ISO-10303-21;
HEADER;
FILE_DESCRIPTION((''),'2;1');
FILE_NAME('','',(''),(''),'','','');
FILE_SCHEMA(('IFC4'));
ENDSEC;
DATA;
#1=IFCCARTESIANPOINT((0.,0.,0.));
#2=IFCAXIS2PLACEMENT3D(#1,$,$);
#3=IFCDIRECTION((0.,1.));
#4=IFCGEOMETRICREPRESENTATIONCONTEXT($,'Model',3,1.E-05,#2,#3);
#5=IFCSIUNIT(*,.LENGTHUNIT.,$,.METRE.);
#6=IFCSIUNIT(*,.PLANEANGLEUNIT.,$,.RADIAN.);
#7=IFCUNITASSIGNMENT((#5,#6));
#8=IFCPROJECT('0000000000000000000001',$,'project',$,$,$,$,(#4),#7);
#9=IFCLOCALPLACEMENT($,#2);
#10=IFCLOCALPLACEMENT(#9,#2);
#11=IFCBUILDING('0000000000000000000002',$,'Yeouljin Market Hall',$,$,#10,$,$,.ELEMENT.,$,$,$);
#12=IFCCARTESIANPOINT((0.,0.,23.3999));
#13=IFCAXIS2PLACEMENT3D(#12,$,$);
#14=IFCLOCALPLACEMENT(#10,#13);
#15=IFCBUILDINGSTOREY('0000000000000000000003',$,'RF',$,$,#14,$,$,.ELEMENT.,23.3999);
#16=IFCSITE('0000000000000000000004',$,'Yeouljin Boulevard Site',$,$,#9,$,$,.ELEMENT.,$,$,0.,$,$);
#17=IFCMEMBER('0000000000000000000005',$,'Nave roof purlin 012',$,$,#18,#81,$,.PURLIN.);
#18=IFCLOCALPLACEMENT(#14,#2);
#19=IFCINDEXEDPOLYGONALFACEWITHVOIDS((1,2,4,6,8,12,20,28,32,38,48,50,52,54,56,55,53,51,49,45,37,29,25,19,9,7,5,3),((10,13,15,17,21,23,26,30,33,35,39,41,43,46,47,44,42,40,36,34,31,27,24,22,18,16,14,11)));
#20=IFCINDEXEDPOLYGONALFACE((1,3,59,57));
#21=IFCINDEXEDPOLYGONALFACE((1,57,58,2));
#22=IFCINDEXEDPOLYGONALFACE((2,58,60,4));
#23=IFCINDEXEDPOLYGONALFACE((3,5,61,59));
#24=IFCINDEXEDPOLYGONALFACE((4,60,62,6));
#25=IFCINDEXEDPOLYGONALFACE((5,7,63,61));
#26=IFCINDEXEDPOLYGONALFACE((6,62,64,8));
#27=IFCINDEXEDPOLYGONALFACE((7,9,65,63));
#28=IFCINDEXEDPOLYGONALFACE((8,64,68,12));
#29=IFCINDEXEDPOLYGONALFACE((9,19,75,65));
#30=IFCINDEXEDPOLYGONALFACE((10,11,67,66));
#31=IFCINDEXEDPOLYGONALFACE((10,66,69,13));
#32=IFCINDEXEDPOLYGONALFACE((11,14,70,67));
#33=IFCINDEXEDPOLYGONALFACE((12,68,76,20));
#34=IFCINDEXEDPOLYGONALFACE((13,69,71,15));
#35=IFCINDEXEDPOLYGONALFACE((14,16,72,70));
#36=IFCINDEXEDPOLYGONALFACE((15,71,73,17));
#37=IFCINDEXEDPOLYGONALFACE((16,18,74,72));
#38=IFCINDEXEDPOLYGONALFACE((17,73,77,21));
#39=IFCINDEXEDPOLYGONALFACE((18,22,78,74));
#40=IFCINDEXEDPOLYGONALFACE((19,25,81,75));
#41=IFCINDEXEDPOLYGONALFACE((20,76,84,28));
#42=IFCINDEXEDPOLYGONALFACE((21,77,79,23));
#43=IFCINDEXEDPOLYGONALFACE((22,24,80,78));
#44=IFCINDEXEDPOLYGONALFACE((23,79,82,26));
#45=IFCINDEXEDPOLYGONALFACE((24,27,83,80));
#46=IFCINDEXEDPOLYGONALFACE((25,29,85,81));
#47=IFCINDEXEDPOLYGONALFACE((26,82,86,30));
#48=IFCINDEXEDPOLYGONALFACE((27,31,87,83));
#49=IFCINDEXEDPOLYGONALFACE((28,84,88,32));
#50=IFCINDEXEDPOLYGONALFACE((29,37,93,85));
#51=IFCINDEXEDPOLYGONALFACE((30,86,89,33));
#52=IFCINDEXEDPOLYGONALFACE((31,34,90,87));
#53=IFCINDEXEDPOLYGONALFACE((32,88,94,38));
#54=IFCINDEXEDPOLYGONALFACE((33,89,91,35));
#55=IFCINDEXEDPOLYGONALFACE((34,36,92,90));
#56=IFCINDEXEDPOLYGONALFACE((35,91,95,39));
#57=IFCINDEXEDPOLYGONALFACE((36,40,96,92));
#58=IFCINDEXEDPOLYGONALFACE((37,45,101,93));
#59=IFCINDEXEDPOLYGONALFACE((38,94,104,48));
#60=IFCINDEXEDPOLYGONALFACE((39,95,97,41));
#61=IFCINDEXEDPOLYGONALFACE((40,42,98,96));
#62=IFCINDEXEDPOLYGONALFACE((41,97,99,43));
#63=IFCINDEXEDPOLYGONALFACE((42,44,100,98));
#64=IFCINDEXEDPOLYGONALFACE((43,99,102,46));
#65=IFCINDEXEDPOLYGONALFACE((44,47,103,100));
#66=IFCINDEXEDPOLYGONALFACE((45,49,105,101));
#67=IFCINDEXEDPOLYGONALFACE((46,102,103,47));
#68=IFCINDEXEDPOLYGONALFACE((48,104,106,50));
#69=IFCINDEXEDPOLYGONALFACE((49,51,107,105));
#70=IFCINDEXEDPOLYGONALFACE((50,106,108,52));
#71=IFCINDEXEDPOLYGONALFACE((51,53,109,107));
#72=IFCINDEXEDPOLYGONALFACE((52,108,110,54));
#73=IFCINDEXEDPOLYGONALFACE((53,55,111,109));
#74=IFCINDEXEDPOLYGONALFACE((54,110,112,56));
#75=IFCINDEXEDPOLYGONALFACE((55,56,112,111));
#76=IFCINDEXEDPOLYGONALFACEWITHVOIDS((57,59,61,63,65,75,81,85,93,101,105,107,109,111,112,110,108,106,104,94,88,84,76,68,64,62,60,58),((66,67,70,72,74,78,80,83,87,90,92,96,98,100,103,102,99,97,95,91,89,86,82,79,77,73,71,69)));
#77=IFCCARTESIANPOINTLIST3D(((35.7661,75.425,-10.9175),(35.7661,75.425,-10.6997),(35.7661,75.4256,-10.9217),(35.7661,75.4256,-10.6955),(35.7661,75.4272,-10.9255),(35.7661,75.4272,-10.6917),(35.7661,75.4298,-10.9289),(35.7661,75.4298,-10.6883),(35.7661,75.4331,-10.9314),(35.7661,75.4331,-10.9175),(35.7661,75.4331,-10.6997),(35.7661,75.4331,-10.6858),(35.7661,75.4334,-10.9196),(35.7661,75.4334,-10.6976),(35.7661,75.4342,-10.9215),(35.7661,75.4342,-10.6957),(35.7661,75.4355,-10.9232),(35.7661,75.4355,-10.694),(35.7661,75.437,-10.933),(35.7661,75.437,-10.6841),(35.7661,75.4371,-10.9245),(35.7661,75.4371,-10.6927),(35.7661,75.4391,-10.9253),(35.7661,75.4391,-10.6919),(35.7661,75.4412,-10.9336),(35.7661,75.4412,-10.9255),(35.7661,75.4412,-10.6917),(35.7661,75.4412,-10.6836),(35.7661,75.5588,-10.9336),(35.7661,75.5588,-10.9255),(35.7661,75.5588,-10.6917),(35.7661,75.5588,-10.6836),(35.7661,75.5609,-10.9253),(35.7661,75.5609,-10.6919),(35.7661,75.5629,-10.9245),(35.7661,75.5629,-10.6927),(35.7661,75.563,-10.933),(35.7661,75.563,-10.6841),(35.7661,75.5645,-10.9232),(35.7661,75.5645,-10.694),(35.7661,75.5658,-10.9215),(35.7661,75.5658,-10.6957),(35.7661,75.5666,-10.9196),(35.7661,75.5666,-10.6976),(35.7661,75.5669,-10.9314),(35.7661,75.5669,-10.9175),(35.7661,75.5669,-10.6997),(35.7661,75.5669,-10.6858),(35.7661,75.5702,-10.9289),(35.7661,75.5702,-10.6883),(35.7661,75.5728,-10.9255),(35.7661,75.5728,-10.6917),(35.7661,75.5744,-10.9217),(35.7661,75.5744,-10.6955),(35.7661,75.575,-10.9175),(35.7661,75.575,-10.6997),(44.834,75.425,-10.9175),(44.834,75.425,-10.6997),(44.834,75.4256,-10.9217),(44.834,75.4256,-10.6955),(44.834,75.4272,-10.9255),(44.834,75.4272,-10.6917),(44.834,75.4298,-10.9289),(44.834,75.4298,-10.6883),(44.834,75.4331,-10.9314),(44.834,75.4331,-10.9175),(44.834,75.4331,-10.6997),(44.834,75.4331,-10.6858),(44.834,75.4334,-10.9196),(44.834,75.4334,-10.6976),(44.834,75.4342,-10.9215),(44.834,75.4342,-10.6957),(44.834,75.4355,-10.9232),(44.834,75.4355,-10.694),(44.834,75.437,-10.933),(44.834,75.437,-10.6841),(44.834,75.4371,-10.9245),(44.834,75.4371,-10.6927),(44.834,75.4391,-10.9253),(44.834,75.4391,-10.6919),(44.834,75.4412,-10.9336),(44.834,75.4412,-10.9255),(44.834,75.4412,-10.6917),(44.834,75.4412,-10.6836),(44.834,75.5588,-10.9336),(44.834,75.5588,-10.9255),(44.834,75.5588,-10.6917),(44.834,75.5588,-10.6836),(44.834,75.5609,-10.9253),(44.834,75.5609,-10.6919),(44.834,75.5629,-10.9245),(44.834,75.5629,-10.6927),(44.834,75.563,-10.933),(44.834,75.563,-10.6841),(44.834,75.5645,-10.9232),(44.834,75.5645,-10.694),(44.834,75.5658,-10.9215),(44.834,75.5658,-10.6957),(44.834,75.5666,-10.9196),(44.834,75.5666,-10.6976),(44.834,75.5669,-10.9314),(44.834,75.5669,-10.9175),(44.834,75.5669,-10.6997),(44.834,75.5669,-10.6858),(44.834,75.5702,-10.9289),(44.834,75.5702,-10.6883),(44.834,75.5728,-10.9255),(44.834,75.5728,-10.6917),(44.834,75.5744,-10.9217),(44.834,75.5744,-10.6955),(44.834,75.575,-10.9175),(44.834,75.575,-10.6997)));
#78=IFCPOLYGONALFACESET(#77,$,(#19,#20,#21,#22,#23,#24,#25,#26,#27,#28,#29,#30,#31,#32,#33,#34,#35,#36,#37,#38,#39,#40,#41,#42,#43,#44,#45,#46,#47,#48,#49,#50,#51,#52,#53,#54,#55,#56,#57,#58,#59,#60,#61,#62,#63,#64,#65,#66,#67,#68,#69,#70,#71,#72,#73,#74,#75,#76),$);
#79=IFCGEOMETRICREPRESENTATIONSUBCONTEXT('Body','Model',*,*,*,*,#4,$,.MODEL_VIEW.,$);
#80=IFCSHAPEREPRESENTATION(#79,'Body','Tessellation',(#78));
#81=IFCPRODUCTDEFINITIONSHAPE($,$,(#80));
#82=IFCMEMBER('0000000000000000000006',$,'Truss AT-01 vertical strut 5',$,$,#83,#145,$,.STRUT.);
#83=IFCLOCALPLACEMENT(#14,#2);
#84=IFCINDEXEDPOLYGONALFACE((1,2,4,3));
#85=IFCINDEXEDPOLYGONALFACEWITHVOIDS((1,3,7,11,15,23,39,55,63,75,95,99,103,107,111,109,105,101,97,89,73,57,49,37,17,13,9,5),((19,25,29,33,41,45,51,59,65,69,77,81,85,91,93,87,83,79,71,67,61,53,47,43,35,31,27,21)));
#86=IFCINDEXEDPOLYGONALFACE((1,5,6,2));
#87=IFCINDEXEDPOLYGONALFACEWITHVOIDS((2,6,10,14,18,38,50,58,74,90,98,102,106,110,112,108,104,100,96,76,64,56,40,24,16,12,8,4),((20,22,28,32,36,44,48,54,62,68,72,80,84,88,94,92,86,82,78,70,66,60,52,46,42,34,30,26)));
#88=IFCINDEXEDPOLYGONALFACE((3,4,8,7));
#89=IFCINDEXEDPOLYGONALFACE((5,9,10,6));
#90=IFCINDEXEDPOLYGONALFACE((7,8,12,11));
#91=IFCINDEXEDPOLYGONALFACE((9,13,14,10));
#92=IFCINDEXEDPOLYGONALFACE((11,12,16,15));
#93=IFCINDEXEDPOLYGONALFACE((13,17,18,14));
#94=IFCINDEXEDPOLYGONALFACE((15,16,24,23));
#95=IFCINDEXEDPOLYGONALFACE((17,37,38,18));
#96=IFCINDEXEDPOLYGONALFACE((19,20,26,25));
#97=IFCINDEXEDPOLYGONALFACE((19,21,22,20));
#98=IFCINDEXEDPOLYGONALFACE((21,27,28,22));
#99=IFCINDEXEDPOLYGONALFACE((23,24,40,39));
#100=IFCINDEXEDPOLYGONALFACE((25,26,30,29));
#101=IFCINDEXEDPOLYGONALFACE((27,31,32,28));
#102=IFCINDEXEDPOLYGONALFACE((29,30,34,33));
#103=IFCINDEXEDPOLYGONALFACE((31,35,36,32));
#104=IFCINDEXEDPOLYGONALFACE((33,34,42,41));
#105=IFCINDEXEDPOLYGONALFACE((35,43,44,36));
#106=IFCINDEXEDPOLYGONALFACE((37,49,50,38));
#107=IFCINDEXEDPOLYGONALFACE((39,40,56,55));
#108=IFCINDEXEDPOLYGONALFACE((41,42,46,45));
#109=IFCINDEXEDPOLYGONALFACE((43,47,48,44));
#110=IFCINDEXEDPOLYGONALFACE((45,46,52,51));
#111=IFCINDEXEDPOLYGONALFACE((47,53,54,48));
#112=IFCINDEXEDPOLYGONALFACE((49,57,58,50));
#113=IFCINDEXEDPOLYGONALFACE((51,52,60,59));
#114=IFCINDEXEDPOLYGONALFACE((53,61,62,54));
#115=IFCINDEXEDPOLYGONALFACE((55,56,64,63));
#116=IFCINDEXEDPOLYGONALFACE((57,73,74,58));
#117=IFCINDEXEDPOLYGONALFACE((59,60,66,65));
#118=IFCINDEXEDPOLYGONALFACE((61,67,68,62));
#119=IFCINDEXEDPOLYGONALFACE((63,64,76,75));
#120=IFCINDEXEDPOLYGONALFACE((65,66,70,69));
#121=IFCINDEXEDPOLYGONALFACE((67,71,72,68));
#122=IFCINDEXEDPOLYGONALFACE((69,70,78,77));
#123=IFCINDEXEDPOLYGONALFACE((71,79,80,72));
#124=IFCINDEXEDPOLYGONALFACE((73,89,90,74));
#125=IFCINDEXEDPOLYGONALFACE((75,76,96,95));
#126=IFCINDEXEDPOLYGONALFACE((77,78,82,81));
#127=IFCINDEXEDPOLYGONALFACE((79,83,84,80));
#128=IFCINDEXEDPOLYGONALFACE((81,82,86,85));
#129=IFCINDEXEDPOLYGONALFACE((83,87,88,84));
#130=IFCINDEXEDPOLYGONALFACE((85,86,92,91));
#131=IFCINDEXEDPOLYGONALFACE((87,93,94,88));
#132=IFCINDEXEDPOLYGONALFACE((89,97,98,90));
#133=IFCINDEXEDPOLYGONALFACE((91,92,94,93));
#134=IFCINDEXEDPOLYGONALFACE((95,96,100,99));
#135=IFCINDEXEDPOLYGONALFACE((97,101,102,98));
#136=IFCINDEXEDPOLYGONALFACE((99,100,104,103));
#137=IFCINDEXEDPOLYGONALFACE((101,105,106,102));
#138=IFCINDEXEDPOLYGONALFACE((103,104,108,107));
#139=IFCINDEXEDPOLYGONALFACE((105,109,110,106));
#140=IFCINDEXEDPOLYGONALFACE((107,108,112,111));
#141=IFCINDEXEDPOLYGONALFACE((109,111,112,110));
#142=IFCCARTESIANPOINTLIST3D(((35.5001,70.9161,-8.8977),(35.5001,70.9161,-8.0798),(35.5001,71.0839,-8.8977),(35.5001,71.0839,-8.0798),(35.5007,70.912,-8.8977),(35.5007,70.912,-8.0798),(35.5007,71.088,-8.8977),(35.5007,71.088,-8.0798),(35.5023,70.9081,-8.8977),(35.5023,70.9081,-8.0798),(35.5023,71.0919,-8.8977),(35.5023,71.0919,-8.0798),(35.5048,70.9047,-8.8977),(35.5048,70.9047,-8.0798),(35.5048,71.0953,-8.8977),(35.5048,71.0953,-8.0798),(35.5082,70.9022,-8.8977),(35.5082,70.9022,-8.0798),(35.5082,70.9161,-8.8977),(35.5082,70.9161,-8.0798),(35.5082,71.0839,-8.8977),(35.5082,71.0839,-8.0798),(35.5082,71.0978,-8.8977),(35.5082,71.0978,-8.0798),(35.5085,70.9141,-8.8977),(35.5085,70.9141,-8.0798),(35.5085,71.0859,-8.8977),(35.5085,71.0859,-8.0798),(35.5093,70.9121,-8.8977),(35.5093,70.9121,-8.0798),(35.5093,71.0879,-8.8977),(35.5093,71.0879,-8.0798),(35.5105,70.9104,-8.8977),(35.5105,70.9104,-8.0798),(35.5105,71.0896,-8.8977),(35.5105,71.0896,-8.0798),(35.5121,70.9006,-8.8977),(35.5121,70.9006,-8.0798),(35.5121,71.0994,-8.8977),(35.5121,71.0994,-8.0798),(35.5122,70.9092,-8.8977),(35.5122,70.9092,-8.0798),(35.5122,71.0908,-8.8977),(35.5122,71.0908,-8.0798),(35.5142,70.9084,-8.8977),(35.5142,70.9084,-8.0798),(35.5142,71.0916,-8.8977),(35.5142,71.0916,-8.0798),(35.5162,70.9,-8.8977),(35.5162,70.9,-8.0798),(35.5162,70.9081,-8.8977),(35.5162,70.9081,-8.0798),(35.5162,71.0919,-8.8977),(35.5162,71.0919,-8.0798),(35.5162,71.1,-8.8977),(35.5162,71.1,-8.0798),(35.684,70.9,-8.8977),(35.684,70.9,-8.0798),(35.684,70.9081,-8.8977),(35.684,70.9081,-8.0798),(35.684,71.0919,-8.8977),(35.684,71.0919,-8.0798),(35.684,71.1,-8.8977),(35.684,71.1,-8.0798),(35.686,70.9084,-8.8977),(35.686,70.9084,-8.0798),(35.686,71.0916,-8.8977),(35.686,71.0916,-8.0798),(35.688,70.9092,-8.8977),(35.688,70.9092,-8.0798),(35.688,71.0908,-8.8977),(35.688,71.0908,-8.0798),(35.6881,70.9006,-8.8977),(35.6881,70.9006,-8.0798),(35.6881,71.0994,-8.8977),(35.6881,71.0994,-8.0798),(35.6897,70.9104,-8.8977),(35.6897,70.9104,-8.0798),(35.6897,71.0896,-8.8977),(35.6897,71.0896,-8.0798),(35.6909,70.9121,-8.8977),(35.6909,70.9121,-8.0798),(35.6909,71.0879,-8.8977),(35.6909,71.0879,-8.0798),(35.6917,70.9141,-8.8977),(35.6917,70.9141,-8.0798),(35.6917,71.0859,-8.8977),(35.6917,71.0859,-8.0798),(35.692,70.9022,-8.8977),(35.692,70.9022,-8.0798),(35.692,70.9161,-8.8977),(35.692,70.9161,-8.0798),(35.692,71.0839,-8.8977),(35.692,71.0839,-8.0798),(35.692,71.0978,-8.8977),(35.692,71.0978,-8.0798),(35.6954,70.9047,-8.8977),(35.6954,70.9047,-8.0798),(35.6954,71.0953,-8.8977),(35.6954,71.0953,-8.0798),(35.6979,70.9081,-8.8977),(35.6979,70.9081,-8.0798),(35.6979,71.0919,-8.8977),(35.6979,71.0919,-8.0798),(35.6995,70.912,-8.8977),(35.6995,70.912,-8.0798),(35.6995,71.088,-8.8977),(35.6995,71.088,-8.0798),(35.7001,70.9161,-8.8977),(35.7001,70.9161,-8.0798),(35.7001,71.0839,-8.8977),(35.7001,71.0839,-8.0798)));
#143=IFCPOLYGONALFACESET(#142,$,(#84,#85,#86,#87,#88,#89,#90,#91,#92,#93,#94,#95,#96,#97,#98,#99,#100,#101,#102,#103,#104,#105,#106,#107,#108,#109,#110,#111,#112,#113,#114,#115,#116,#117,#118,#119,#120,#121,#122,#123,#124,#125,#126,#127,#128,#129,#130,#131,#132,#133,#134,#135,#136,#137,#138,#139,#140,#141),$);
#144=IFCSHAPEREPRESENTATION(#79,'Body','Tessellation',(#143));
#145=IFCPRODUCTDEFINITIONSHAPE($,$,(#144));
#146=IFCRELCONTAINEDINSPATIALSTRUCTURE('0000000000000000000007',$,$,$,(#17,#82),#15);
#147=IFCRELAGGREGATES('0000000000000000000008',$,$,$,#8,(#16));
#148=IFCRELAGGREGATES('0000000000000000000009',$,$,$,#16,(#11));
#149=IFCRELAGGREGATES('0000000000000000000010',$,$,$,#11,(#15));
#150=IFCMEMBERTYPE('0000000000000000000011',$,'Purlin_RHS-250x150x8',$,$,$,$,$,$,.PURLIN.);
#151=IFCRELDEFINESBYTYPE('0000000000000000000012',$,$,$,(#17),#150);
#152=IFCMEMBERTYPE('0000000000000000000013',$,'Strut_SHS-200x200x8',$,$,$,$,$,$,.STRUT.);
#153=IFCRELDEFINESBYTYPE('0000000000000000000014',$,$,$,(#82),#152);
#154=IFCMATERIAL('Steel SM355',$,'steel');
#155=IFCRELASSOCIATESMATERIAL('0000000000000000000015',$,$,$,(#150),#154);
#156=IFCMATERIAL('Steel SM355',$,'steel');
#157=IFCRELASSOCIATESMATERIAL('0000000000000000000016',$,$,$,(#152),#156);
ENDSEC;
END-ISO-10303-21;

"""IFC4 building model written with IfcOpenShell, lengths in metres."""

from ifc_helpers import new_model, si_unit, direction, frame, origin, origin_2d, place, context, subcontext, project, spatial, hollow_rectangle, extrude, material, material_profile, profile_set, type_object, element, save


model = new_model("IFC4")

# Units and contexts
model_context = context("Model", 3, precision=1e-05, world=origin(), true_north=direction((0.0, 1.0)))
body_context = subcontext(model_context, "Body", "Model", "MODEL_VIEW")
ifc_project = project(units=[si_unit("LENGTHUNIT", "METRE"), si_unit("PLANEANGLEUNIT", "RADIAN")], contexts=[model_context])

# Site, building, storey
site_placement = place(None, origin())
site = spatial("IfcSite", under=ifc_project, at=site_placement, Name="Yeouljin Boulevard Site", CompositionType="ELEMENT", RefElevation=0.0)
building_placement = place(site_placement, origin())
building = spatial("IfcBuilding", under=site, at=building_placement, Name="Yeouljin Market Hall", CompositionType="ELEMENT")
storey_placement = place(building_placement, frame((0.0, 0.0, 23.3999)))
storey = spatial("IfcBuildingStorey", under=building, at=storey_placement, Name="RF", CompositionType="ELEMENT", Elevation=23.3999)

# Members
ifc_material_1 = material(Name="Steel SM355", Category="steel")
ifc_material_profile_1 = material_profile(ifc_material_1, hollow_rectangle(XDim=0.1499, YDim=0.25, WallThickness=0.0081, InnerFilletRadius=0.0081, OuterFilletRadius=0.0161, at=origin_2d()), Name="RHS-250x150x8")
ifc_profile_set_1 = profile_set([ifc_material_profile_1], Name="Steel SM355")
member_type_1 = type_object("IfcMemberType", Name="Purlin_RHS-250x150x8", PredefinedType="PURLIN", material=ifc_profile_set_1)
for number, where, z_axis, x_axis, name in (
    (1, (35.7661, 75.5, -10.8086), (1.0, 0.0, 0.0), (0.0, 1.0, 0.0), "Nave roof purlin 012"),
):
    element("IfcMember", number, at=place(storey_placement, frame(where, z_axis=z_axis, x_axis=x_axis)), inside=storey, type_object=member_type_1, Name=name, PredefinedType="PURLIN", context=body_context, shape_type="SweptSolid", body=[
        extrude(hollow_rectangle(XDim=0.1499, YDim=0.25, WallThickness=0.0081, InnerFilletRadius=0.0081, OuterFilletRadius=0.0161, at=origin_2d()), origin(), (0.0, 0.0, 1.0), 9.0679),
    ])
ifc_material_2 = material(Name="Steel SM355", Category="steel")
ifc_material_profile_2 = material_profile(ifc_material_2, hollow_rectangle(XDim=0.2, YDim=0.2, WallThickness=0.0081, InnerFilletRadius=0.0081, OuterFilletRadius=0.0161, at=origin_2d()), Name="SHS-200x200x8")
ifc_profile_set_2 = profile_set([ifc_material_profile_2], Name="Steel SM355")
member_type_2 = type_object("IfcMemberType", Name="Strut_SHS-200x200x8", PredefinedType="STRUT", material=ifc_profile_set_2)
for number, where, z_axis, x_axis, name in (
    (2, (35.6001, 71.0, -8.8977), (0.0, 0.0, 1.0), (1.0, 0.0, 0.0), "Truss AT-01 vertical strut 5"),
):
    element("IfcMember", number, at=place(storey_placement, frame(where, z_axis=z_axis, x_axis=x_axis)), inside=storey, type_object=member_type_2, Name=name, PredefinedType="STRUT", context=body_context, shape_type="SweptSolid", body=[
        extrude(hollow_rectangle(XDim=0.2, YDim=0.2, WallThickness=0.0081, InnerFilletRadius=0.0081, OuterFilletRadius=0.0161, at=origin_2d()), origin(), (0.0, 0.0, 1.0), 0.8179),
    ])

save(model, "model.ifc")
